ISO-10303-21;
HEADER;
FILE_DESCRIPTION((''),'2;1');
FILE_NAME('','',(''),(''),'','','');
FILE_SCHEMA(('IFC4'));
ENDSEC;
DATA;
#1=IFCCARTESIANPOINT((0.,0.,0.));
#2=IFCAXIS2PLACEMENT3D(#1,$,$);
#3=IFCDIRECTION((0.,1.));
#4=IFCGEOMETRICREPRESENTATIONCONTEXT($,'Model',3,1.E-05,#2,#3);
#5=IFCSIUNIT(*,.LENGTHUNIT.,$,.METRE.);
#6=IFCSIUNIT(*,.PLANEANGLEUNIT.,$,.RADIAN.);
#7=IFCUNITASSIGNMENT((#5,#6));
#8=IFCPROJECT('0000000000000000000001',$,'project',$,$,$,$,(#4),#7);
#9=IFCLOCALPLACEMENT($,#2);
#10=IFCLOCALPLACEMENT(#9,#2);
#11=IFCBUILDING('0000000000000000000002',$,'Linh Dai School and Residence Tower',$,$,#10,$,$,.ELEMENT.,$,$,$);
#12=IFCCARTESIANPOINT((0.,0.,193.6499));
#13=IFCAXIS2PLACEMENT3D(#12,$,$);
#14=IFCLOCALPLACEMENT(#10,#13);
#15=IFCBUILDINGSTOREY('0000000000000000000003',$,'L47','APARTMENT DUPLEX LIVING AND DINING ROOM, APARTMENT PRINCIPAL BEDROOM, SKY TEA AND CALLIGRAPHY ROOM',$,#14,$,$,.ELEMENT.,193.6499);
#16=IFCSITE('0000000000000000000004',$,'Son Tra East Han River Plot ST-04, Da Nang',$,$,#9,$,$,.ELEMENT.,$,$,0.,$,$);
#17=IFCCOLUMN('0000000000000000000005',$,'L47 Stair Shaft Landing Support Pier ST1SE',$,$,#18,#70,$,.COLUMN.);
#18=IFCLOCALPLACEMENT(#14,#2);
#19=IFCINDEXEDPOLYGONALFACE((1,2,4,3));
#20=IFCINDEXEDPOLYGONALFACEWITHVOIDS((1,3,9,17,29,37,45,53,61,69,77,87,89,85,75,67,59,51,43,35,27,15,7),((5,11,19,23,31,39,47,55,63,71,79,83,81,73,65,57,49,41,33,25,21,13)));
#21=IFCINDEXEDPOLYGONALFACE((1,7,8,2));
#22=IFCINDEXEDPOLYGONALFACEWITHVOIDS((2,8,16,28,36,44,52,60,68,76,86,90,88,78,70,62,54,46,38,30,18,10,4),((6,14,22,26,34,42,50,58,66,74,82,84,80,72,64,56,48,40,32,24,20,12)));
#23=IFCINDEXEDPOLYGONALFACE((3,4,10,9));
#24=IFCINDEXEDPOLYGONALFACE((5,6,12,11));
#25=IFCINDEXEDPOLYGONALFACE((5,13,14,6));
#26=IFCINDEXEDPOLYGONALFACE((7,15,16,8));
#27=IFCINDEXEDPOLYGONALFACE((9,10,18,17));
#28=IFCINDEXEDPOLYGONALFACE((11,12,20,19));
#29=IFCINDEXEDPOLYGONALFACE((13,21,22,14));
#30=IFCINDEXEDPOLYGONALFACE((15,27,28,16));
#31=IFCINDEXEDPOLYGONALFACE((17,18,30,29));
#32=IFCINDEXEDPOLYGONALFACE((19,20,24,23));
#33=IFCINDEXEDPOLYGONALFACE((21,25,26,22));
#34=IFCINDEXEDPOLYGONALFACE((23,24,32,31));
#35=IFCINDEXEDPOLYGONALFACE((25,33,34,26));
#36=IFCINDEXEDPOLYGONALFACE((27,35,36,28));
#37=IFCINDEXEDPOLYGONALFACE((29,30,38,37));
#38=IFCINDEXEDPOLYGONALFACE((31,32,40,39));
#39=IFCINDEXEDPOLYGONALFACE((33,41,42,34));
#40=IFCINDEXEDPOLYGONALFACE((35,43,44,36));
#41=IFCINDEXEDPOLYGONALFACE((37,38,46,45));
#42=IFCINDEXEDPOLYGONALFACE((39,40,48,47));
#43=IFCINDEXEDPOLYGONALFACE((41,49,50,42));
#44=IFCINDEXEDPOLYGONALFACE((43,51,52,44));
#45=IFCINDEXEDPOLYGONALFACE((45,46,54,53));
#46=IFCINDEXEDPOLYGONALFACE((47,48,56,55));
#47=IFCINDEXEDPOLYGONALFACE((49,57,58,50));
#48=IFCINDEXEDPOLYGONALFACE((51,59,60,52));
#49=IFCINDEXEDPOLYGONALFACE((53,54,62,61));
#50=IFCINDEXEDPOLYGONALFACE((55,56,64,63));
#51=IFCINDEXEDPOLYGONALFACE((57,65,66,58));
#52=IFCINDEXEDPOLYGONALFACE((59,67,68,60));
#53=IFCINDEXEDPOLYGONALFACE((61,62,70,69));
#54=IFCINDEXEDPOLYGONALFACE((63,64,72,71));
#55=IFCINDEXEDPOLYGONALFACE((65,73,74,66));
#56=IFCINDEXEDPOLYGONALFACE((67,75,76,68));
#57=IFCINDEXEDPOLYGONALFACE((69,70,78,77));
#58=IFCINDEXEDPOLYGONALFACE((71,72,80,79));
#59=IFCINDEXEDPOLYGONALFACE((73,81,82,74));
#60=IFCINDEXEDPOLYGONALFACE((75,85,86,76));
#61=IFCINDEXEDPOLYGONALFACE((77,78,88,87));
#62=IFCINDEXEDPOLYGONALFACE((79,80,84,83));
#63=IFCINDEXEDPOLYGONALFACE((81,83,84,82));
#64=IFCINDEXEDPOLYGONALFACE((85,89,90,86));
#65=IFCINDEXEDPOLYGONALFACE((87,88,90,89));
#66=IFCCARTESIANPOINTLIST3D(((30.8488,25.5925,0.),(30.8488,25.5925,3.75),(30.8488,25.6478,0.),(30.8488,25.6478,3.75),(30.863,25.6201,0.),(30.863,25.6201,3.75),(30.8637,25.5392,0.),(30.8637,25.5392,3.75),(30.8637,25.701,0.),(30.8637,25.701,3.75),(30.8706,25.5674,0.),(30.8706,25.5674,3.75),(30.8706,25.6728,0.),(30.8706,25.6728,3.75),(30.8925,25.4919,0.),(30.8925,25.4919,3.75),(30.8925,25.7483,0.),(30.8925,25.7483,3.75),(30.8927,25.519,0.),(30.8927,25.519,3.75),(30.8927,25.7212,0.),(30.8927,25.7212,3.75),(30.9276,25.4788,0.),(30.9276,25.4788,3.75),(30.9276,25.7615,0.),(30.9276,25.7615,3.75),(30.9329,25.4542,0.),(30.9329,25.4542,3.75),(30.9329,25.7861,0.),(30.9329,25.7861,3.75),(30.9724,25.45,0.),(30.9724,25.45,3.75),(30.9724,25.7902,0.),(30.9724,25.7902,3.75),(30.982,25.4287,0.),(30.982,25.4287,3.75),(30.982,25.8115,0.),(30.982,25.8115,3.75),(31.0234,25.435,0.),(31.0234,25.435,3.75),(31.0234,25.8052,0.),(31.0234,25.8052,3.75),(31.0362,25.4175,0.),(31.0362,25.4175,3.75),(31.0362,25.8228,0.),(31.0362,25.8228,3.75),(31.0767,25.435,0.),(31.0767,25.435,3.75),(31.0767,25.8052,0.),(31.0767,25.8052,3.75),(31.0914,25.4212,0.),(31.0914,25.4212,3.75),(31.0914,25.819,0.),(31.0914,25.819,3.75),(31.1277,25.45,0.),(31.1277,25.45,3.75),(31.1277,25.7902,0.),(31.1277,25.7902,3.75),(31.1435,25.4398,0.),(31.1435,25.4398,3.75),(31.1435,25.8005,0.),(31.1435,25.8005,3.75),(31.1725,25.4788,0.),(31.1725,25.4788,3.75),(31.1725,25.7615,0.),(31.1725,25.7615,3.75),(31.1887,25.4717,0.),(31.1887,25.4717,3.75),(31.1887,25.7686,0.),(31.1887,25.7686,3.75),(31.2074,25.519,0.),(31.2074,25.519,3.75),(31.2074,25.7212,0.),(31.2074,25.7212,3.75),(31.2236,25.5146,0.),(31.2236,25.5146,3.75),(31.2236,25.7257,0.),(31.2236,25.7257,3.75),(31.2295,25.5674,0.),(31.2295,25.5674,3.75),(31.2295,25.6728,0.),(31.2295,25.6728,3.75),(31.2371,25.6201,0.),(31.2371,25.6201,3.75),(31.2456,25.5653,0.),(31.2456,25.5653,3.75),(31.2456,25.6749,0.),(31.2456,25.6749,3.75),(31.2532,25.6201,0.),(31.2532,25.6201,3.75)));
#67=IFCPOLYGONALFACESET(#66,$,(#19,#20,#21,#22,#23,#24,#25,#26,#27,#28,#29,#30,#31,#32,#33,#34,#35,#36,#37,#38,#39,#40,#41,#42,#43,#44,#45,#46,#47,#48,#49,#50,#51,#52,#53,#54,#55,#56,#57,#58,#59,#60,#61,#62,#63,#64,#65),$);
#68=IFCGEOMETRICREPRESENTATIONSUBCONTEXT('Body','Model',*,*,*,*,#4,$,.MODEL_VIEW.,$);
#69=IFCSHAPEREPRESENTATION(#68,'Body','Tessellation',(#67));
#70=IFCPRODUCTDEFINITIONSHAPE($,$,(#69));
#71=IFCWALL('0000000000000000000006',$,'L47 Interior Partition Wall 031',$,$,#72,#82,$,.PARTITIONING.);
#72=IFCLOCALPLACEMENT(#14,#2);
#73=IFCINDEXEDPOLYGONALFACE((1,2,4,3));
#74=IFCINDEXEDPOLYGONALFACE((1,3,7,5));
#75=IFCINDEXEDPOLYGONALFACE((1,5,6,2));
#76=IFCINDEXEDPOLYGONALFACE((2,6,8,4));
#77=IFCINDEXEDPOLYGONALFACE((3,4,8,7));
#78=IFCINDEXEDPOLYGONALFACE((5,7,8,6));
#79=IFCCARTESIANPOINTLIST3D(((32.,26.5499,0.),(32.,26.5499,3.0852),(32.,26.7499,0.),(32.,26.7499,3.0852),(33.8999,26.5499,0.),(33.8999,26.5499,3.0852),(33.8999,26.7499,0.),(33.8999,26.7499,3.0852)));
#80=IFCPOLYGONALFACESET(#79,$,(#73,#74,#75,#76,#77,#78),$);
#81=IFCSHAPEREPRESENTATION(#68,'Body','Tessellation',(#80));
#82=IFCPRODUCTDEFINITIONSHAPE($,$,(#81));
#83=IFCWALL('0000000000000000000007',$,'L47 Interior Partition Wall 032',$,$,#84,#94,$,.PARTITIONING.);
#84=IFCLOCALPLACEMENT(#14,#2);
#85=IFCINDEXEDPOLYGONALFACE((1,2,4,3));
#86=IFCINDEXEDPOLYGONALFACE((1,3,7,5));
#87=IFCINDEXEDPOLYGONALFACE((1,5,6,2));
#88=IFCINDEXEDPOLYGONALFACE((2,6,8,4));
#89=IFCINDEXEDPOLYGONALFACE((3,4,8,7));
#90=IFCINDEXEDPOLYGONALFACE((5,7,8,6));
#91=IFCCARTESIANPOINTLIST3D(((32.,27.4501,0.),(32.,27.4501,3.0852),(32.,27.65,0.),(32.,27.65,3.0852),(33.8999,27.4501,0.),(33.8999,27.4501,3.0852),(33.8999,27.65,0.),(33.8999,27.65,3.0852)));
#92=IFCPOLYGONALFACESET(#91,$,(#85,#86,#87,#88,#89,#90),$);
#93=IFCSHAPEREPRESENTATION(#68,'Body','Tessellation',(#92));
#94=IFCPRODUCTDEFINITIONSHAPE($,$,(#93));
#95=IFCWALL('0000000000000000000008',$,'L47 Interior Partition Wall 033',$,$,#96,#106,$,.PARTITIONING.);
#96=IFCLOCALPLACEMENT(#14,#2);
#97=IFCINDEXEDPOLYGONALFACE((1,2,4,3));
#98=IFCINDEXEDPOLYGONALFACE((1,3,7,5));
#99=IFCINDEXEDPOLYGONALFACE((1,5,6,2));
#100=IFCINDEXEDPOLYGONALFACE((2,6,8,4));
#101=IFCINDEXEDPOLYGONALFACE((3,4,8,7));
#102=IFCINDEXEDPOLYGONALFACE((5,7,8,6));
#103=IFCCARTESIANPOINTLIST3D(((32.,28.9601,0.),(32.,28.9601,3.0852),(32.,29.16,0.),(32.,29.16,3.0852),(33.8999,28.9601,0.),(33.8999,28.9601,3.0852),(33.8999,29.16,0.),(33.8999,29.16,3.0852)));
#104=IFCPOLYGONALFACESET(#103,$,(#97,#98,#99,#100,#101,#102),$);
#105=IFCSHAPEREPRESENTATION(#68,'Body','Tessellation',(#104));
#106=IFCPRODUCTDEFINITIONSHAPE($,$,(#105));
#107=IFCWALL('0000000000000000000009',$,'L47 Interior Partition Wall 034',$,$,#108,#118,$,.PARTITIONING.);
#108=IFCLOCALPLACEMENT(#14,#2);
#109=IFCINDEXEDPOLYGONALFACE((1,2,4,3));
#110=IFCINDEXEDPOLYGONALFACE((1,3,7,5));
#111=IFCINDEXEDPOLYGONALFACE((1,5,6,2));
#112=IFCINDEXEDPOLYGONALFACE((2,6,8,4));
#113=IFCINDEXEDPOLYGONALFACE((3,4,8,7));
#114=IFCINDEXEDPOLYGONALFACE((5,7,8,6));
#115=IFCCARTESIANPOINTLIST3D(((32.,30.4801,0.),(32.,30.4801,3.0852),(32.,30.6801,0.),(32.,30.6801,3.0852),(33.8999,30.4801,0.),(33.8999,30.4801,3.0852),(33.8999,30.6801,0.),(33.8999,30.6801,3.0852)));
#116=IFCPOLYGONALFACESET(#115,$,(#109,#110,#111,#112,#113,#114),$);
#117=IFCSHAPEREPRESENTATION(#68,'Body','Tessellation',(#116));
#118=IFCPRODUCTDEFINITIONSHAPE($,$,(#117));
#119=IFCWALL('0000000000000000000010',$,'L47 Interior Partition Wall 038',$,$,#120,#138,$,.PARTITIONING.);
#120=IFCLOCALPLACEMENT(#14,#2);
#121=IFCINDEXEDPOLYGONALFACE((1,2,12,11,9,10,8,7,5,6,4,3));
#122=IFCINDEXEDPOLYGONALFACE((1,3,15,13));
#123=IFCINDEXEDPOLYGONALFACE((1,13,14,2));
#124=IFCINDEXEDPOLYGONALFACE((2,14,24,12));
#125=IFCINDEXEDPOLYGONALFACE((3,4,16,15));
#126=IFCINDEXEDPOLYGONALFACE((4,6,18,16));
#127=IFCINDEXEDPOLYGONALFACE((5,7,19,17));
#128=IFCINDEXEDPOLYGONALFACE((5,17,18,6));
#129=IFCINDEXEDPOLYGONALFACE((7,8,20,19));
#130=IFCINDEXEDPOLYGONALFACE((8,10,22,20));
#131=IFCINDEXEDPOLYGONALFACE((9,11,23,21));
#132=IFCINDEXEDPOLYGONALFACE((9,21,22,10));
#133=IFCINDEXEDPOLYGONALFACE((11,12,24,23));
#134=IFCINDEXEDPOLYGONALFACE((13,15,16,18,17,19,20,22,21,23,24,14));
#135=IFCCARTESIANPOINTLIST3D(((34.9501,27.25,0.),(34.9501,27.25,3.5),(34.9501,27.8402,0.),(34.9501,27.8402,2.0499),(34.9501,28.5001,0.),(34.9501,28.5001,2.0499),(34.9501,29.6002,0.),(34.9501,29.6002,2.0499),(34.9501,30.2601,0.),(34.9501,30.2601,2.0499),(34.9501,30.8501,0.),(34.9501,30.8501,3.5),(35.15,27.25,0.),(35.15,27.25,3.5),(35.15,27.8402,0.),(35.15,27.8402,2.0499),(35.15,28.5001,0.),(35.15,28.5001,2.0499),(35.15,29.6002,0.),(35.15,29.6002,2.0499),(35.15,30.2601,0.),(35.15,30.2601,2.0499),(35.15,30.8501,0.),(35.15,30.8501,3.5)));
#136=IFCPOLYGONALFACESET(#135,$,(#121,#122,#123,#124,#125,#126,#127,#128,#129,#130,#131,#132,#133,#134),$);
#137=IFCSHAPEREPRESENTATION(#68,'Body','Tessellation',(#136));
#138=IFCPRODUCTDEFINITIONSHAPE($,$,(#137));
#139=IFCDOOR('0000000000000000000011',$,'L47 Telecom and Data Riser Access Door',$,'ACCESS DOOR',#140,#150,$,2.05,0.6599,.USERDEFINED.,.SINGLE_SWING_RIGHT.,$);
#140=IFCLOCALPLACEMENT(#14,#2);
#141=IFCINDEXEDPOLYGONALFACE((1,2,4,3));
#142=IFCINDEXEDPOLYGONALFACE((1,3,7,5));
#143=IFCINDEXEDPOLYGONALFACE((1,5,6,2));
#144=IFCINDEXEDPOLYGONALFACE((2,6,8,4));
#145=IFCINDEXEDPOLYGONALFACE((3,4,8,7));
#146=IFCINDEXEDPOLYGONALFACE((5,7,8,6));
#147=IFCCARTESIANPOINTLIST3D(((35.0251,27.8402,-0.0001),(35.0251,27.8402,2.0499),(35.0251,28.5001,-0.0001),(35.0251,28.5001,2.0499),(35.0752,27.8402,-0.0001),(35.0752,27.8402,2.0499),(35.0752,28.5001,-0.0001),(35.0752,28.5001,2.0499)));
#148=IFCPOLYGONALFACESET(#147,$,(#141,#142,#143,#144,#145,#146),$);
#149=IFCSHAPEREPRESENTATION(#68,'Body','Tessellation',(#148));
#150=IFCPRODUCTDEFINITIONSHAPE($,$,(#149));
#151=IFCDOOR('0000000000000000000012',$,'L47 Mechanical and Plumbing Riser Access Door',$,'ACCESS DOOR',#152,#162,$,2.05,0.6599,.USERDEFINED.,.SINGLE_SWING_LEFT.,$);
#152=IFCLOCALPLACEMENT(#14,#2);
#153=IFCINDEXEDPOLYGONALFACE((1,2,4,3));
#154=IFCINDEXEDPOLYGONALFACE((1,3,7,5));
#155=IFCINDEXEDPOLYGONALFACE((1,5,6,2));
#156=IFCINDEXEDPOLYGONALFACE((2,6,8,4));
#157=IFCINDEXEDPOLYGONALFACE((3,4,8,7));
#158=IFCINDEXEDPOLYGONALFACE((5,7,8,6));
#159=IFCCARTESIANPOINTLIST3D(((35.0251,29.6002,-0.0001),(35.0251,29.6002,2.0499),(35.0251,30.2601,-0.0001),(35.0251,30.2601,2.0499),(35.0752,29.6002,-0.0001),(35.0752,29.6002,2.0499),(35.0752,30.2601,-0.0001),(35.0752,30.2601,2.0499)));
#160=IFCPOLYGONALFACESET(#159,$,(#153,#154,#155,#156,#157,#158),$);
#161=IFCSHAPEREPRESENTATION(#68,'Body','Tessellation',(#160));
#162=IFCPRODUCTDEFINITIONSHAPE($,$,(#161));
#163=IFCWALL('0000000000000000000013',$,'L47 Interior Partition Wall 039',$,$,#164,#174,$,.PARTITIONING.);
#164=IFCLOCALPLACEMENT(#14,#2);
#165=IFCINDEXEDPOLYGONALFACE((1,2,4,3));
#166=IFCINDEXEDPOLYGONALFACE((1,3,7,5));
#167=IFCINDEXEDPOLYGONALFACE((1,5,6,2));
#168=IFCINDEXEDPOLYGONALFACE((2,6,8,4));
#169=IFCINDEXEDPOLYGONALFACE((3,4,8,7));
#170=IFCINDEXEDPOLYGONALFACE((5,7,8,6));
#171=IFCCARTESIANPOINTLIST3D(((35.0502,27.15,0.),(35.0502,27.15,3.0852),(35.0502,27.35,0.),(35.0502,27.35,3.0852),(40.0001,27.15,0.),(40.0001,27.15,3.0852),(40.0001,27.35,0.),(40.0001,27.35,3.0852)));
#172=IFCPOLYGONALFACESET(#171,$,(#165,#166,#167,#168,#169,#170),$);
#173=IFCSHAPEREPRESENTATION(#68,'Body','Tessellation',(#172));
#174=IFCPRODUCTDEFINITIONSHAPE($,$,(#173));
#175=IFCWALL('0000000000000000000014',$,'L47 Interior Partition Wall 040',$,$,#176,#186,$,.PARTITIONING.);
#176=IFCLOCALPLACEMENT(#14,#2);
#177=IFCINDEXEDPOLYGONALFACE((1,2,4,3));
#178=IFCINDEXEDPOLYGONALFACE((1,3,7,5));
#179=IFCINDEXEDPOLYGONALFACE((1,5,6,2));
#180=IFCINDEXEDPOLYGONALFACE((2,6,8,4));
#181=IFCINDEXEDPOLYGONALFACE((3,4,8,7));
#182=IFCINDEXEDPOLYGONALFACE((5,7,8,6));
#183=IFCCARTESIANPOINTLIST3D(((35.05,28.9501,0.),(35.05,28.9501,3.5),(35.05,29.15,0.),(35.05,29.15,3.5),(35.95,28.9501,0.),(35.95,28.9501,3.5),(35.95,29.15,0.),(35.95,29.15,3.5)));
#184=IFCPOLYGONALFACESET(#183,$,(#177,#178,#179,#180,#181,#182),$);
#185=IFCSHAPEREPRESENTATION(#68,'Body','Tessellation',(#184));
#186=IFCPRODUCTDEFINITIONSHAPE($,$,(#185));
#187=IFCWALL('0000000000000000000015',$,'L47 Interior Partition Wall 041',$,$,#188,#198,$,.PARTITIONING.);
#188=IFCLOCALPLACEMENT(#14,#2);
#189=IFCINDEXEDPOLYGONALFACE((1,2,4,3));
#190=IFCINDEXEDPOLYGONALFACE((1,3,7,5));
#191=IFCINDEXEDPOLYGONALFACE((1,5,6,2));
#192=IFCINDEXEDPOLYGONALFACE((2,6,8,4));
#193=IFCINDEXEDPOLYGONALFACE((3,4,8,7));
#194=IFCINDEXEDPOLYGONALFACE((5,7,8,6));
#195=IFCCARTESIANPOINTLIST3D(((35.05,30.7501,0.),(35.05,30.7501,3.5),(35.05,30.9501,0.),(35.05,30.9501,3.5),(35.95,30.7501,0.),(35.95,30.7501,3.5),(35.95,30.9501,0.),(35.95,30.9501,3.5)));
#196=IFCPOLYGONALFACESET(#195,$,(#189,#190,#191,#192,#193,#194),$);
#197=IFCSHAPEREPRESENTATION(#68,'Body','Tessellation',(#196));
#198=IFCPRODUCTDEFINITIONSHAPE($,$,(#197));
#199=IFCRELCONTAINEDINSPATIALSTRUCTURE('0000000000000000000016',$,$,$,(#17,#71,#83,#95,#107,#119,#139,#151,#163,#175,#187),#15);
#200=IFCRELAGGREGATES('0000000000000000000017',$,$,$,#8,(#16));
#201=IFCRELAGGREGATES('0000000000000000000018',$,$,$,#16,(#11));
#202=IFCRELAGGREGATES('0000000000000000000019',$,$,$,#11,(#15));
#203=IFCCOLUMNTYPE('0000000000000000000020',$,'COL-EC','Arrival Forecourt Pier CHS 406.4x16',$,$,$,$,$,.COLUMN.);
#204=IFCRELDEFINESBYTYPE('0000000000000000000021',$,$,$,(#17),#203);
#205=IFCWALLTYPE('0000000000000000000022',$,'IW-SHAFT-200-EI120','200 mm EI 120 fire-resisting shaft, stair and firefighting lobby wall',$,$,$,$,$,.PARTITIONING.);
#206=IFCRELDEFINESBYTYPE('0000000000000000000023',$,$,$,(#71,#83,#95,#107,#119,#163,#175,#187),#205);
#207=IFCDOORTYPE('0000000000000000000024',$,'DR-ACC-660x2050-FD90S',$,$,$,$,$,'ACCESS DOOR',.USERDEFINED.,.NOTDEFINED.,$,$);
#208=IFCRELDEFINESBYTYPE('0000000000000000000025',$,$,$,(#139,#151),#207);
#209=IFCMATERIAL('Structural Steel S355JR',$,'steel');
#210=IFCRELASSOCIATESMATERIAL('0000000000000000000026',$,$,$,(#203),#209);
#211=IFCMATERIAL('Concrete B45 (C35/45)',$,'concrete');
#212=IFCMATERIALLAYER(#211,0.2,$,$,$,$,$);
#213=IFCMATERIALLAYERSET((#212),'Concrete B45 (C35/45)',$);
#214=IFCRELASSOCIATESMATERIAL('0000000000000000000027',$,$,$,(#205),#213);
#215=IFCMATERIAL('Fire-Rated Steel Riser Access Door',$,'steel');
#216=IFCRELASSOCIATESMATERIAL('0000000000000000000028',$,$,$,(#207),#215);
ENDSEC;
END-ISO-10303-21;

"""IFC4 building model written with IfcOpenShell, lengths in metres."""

from ifc_helpers import new_model, si_unit, direction, frame, frame_2d, origin, origin_2d, place, context, subcontext, project, spatial, rectangle, hollow_circle, extrude, source, transform, mapped, material, layer, layer_set, material_profile, profile_set, type_object, element, fill, save


model = new_model("IFC4")

# Units and contexts
model_context = context("Model", 3, precision=1e-05, world=origin(), true_north=direction((0.0, 1.0)))
body_context = subcontext(model_context, "Body", "Model", "MODEL_VIEW")
ifc_project = project(units=[si_unit("LENGTHUNIT", "METRE"), si_unit("PLANEANGLEUNIT", "RADIAN")], contexts=[model_context])

# Site, building, storey
site_placement = place(None, origin())
site = spatial("IfcSite", under=ifc_project, at=site_placement, Name="Son Tra East Han River Plot ST-04, Da Nang", CompositionType="ELEMENT", RefElevation=0.0)
building_placement = place(site_placement, origin())
building = spatial("IfcBuilding", under=site, at=building_placement, Name="Linh Dai School and Residence Tower", CompositionType="ELEMENT")
storey_placement = place(building_placement, frame((0.0, 0.0, 193.6499)))
storey = spatial("IfcBuildingStorey", under=building, at=storey_placement, Name="L47", Description="APARTMENT DUPLEX LIVING AND DINING ROOM, APARTMENT PRINCIPAL BEDROOM, SKY TEA AND CALLIGRAPHY ROOM", CompositionType="ELEMENT", Elevation=193.6499)

# Column
ifc_material_1 = material(Name="Structural Steel S355JR", Category="steel")
ifc_material_profile = material_profile(ifc_material_1, hollow_circle(Radius=0.2031, WallThickness=0.0161, at=origin_2d()), Name="CHS 406.4x16")
ifc_profile_set = profile_set([ifc_material_profile], Name="Structural Steel S355JR")
column_type = type_object("IfcColumnType", Name="COL-EC", Description="Arrival Forecourt Pier CHS 406.4x16", PredefinedType="COLUMN", material=ifc_profile_set)
column_placement = place(storey_placement, frame((31.05, 25.6201, 0.0), z_axis=(0.0, 0.0, 1.0), x_axis=(1.0, 0.0, 0.0)))
element("IfcColumn", 1, at=column_placement, inside=storey, type_object=column_type, Name="L47 Stair Shaft Landing Support Pier ST1SE", PredefinedType="COLUMN", context=body_context, shape_type="SweptSolid", body=[
    extrude(hollow_circle(Radius=0.2031, WallThickness=0.0161, at=origin_2d()), origin(), (0.0, 0.0, 1.0), 3.75),
])

# Walls
ifc_material_2 = material(Name="Concrete B45 (C35/45)", Category="concrete")
ifc_layer_1 = layer(ifc_material_2, 0.2)
ifc_layer_set_1 = layer_set([ifc_layer_1], Name="Concrete B45 (C35/45)")
wall_type_1 = type_object("IfcWallType", Name="IW-SHAFT-200-EI120", Description="200 mm EI 120 fire-resisting shaft, stair and firefighting lobby wall", PredefinedType="PARTITIONING", material=ifc_layer_set_1)
for number, where, z_axis, x_axis, name in (
    (2, (32.0, 26.6499, 0.0), (0.0, 0.0, 1.0), (1.0, 0.0, 0.0), "L47 Interior Partition Wall 031"),
    (3, (32.0, 27.55, 0.0), (0.0, 0.0, 1.0), (1.0, 0.0, 0.0), "L47 Interior Partition Wall 032"),
    (4, (32.0, 29.0601, 0.0), (0.0, 0.0, 1.0), (1.0, 0.0, 0.0), "L47 Interior Partition Wall 033"),
    (5, (32.0, 30.5801, 0.0), (0.0, 0.0, 1.0), (1.0, 0.0, 0.0), "L47 Interior Partition Wall 034"),
):
    element("IfcWall", number, at=place(storey_placement, frame(where, z_axis=z_axis, x_axis=x_axis)), inside=storey, type_object=wall_type_1, Name=name, PredefinedType="PARTITIONING", context=body_context, shape_type="SweptSolid", body=[
        extrude(rectangle(XDim=1.8999, YDim=0.2, at=frame_2d((0.95, 0.0))), origin(), (0.0, 0.0, 1.0), 3.0852),
    ])

# Wall, openings, doors
wall_1_placement = place(storey_placement, frame((35.05, 27.25, 0.0), z_axis=(0.0, 0.0, 1.0), x_axis=(0.0, 1.0, 0.0)))
wall_1 = element("IfcWall", 6, at=wall_1_placement, inside=storey, type_object=wall_type_1, Name="L47 Interior Partition Wall 038", PredefinedType="PARTITIONING", context=body_context, shape_type="SweptSolid", body=[
    extrude(rectangle(XDim=3.6001, YDim=0.2, at=frame_2d((1.8, 0.0))), origin(), (0.0, 0.0, 1.0), 3.5),
])
opening_1_placement = place(wall_1_placement, frame((0.5901, 0.0, 0.0)))
opening_1 = element("IfcOpeningElement", 7, at=opening_1_placement, cuts=wall_1, PredefinedType="OPENING", context=body_context, shape_type="SweptSolid", body=[
    extrude(rectangle(XDim=0.6599, YDim=2.05, at=origin_2d()), frame((0.3301, 0.1099, 1.0249), z_axis=(0.0, -1.0, 0.0), x_axis=(1.0, 0.0, 0.0)), (0.0, 0.0, 1.0), 0.22),
])
opening_2_placement = place(wall_1_placement, frame((2.3501, 0.0, 0.0)))
opening_2 = element("IfcOpeningElement", 8, at=opening_2_placement, cuts=wall_1, PredefinedType="OPENING", context=body_context, shape_type="SweptSolid", body=[
    extrude(rectangle(XDim=0.6599, YDim=2.05, at=origin_2d()), frame((0.3301, 0.1099, 1.0249), z_axis=(0.0, -1.0, 0.0), x_axis=(1.0, 0.0, 0.0)), (0.0, 0.0, 1.0), 0.22),
])
ifc_material_3 = material(Name="Fire-Rated Steel Riser Access Door", Category="steel")
door_type_1 = type_object("IfcDoorType", Name="DR-ACC-660x2050-FD90S", ElementType="ACCESS DOOR", OperationType="NOTDEFINED", PredefinedType="USERDEFINED", material=ifc_material_3)
shared_shape_1 = source(origin(), body_context, "Body", "SweptSolid", [
    extrude(rectangle(XDim=0.6599, YDim=2.05, at=origin_2d()), frame((0.3301, 0.0249, 1.0249), z_axis=(0.0, -1.0, 0.0), x_axis=(1.0, 0.0, 0.0)), (0.0, 0.0, 1.0), 0.05),
])
door_1_placement = place(opening_1_placement, origin())
door_1 = element("IfcDoor", 9, at=door_1_placement, inside=storey, type_object=door_type_1, Name="L47 Telecom and Data Riser Access Door", ObjectType="ACCESS DOOR", OperationType="SINGLE_SWING_RIGHT", OverallHeight=2.05, OverallWidth=0.6599, PredefinedType="USERDEFINED", context=body_context, shape_type="MappedRepresentation", body=[
    mapped(shared_shape_1, transform((0.0, 0.0, 0.0), x_axis=(1.0, 0.0, 0.0), y_axis=(0.0, 1.0, 0.0), z_axis=(0.0, 0.0, 1.0), scale=1.0)),
])
fill(opening_1, door_1)
door_2_placement = place(opening_2_placement, origin())
door_2 = element("IfcDoor", 10, at=door_2_placement, inside=storey, type_object=door_type_1, Name="L47 Mechanical and Plumbing Riser Access Door", ObjectType="ACCESS DOOR", OperationType="SINGLE_SWING_LEFT", OverallHeight=2.05, OverallWidth=0.6599, PredefinedType="USERDEFINED", context=body_context, shape_type="MappedRepresentation", body=[
    mapped(shared_shape_1, transform((0.0, 0.0, 0.0), x_axis=(1.0, 0.0, 0.0), y_axis=(0.0, 1.0, 0.0), z_axis=(0.0, 0.0, 1.0), scale=1.0)),
])
fill(opening_2, door_2)

# Walls
wall_2_placement = place(storey_placement, frame((35.05, 27.25, 0.0), z_axis=(0.0, 0.0, 1.0), x_axis=(1.0, 0.0, 0.0)))
element("IfcWall", 11, at=wall_2_placement, inside=storey, type_object=wall_type_1, Name="L47 Interior Partition Wall 039", PredefinedType="PARTITIONING", context=body_context, shape_type="SweptSolid", body=[
    extrude(rectangle(XDim=4.95, YDim=0.2, at=frame_2d((2.4751, 0.0))), origin(), (0.0, 0.0, 1.0), 3.0852),
])
for number, where, z_axis, x_axis, name in (
    (12, (35.05, 29.05, 0.0), (0.0, 0.0, 1.0), (1.0, 0.0, 0.0), "L47 Interior Partition Wall 040"),
    (13, (35.05, 30.8501, 0.0), (0.0, 0.0, 1.0), (1.0, 0.0, 0.0), "L47 Interior Partition Wall 041"),
):
    element("IfcWall", number, at=place(storey_placement, frame(where, z_axis=z_axis, x_axis=x_axis)), inside=storey, type_object=wall_type_1, Name=name, PredefinedType="PARTITIONING", context=body_context, shape_type="SweptSolid", body=[
        extrude(rectangle(XDim=0.8999, YDim=0.2, at=frame_2d((0.45, 0.0))), origin(), (0.0, 0.0, 1.0), 3.5),
    ])

save(model, "model.ifc")
